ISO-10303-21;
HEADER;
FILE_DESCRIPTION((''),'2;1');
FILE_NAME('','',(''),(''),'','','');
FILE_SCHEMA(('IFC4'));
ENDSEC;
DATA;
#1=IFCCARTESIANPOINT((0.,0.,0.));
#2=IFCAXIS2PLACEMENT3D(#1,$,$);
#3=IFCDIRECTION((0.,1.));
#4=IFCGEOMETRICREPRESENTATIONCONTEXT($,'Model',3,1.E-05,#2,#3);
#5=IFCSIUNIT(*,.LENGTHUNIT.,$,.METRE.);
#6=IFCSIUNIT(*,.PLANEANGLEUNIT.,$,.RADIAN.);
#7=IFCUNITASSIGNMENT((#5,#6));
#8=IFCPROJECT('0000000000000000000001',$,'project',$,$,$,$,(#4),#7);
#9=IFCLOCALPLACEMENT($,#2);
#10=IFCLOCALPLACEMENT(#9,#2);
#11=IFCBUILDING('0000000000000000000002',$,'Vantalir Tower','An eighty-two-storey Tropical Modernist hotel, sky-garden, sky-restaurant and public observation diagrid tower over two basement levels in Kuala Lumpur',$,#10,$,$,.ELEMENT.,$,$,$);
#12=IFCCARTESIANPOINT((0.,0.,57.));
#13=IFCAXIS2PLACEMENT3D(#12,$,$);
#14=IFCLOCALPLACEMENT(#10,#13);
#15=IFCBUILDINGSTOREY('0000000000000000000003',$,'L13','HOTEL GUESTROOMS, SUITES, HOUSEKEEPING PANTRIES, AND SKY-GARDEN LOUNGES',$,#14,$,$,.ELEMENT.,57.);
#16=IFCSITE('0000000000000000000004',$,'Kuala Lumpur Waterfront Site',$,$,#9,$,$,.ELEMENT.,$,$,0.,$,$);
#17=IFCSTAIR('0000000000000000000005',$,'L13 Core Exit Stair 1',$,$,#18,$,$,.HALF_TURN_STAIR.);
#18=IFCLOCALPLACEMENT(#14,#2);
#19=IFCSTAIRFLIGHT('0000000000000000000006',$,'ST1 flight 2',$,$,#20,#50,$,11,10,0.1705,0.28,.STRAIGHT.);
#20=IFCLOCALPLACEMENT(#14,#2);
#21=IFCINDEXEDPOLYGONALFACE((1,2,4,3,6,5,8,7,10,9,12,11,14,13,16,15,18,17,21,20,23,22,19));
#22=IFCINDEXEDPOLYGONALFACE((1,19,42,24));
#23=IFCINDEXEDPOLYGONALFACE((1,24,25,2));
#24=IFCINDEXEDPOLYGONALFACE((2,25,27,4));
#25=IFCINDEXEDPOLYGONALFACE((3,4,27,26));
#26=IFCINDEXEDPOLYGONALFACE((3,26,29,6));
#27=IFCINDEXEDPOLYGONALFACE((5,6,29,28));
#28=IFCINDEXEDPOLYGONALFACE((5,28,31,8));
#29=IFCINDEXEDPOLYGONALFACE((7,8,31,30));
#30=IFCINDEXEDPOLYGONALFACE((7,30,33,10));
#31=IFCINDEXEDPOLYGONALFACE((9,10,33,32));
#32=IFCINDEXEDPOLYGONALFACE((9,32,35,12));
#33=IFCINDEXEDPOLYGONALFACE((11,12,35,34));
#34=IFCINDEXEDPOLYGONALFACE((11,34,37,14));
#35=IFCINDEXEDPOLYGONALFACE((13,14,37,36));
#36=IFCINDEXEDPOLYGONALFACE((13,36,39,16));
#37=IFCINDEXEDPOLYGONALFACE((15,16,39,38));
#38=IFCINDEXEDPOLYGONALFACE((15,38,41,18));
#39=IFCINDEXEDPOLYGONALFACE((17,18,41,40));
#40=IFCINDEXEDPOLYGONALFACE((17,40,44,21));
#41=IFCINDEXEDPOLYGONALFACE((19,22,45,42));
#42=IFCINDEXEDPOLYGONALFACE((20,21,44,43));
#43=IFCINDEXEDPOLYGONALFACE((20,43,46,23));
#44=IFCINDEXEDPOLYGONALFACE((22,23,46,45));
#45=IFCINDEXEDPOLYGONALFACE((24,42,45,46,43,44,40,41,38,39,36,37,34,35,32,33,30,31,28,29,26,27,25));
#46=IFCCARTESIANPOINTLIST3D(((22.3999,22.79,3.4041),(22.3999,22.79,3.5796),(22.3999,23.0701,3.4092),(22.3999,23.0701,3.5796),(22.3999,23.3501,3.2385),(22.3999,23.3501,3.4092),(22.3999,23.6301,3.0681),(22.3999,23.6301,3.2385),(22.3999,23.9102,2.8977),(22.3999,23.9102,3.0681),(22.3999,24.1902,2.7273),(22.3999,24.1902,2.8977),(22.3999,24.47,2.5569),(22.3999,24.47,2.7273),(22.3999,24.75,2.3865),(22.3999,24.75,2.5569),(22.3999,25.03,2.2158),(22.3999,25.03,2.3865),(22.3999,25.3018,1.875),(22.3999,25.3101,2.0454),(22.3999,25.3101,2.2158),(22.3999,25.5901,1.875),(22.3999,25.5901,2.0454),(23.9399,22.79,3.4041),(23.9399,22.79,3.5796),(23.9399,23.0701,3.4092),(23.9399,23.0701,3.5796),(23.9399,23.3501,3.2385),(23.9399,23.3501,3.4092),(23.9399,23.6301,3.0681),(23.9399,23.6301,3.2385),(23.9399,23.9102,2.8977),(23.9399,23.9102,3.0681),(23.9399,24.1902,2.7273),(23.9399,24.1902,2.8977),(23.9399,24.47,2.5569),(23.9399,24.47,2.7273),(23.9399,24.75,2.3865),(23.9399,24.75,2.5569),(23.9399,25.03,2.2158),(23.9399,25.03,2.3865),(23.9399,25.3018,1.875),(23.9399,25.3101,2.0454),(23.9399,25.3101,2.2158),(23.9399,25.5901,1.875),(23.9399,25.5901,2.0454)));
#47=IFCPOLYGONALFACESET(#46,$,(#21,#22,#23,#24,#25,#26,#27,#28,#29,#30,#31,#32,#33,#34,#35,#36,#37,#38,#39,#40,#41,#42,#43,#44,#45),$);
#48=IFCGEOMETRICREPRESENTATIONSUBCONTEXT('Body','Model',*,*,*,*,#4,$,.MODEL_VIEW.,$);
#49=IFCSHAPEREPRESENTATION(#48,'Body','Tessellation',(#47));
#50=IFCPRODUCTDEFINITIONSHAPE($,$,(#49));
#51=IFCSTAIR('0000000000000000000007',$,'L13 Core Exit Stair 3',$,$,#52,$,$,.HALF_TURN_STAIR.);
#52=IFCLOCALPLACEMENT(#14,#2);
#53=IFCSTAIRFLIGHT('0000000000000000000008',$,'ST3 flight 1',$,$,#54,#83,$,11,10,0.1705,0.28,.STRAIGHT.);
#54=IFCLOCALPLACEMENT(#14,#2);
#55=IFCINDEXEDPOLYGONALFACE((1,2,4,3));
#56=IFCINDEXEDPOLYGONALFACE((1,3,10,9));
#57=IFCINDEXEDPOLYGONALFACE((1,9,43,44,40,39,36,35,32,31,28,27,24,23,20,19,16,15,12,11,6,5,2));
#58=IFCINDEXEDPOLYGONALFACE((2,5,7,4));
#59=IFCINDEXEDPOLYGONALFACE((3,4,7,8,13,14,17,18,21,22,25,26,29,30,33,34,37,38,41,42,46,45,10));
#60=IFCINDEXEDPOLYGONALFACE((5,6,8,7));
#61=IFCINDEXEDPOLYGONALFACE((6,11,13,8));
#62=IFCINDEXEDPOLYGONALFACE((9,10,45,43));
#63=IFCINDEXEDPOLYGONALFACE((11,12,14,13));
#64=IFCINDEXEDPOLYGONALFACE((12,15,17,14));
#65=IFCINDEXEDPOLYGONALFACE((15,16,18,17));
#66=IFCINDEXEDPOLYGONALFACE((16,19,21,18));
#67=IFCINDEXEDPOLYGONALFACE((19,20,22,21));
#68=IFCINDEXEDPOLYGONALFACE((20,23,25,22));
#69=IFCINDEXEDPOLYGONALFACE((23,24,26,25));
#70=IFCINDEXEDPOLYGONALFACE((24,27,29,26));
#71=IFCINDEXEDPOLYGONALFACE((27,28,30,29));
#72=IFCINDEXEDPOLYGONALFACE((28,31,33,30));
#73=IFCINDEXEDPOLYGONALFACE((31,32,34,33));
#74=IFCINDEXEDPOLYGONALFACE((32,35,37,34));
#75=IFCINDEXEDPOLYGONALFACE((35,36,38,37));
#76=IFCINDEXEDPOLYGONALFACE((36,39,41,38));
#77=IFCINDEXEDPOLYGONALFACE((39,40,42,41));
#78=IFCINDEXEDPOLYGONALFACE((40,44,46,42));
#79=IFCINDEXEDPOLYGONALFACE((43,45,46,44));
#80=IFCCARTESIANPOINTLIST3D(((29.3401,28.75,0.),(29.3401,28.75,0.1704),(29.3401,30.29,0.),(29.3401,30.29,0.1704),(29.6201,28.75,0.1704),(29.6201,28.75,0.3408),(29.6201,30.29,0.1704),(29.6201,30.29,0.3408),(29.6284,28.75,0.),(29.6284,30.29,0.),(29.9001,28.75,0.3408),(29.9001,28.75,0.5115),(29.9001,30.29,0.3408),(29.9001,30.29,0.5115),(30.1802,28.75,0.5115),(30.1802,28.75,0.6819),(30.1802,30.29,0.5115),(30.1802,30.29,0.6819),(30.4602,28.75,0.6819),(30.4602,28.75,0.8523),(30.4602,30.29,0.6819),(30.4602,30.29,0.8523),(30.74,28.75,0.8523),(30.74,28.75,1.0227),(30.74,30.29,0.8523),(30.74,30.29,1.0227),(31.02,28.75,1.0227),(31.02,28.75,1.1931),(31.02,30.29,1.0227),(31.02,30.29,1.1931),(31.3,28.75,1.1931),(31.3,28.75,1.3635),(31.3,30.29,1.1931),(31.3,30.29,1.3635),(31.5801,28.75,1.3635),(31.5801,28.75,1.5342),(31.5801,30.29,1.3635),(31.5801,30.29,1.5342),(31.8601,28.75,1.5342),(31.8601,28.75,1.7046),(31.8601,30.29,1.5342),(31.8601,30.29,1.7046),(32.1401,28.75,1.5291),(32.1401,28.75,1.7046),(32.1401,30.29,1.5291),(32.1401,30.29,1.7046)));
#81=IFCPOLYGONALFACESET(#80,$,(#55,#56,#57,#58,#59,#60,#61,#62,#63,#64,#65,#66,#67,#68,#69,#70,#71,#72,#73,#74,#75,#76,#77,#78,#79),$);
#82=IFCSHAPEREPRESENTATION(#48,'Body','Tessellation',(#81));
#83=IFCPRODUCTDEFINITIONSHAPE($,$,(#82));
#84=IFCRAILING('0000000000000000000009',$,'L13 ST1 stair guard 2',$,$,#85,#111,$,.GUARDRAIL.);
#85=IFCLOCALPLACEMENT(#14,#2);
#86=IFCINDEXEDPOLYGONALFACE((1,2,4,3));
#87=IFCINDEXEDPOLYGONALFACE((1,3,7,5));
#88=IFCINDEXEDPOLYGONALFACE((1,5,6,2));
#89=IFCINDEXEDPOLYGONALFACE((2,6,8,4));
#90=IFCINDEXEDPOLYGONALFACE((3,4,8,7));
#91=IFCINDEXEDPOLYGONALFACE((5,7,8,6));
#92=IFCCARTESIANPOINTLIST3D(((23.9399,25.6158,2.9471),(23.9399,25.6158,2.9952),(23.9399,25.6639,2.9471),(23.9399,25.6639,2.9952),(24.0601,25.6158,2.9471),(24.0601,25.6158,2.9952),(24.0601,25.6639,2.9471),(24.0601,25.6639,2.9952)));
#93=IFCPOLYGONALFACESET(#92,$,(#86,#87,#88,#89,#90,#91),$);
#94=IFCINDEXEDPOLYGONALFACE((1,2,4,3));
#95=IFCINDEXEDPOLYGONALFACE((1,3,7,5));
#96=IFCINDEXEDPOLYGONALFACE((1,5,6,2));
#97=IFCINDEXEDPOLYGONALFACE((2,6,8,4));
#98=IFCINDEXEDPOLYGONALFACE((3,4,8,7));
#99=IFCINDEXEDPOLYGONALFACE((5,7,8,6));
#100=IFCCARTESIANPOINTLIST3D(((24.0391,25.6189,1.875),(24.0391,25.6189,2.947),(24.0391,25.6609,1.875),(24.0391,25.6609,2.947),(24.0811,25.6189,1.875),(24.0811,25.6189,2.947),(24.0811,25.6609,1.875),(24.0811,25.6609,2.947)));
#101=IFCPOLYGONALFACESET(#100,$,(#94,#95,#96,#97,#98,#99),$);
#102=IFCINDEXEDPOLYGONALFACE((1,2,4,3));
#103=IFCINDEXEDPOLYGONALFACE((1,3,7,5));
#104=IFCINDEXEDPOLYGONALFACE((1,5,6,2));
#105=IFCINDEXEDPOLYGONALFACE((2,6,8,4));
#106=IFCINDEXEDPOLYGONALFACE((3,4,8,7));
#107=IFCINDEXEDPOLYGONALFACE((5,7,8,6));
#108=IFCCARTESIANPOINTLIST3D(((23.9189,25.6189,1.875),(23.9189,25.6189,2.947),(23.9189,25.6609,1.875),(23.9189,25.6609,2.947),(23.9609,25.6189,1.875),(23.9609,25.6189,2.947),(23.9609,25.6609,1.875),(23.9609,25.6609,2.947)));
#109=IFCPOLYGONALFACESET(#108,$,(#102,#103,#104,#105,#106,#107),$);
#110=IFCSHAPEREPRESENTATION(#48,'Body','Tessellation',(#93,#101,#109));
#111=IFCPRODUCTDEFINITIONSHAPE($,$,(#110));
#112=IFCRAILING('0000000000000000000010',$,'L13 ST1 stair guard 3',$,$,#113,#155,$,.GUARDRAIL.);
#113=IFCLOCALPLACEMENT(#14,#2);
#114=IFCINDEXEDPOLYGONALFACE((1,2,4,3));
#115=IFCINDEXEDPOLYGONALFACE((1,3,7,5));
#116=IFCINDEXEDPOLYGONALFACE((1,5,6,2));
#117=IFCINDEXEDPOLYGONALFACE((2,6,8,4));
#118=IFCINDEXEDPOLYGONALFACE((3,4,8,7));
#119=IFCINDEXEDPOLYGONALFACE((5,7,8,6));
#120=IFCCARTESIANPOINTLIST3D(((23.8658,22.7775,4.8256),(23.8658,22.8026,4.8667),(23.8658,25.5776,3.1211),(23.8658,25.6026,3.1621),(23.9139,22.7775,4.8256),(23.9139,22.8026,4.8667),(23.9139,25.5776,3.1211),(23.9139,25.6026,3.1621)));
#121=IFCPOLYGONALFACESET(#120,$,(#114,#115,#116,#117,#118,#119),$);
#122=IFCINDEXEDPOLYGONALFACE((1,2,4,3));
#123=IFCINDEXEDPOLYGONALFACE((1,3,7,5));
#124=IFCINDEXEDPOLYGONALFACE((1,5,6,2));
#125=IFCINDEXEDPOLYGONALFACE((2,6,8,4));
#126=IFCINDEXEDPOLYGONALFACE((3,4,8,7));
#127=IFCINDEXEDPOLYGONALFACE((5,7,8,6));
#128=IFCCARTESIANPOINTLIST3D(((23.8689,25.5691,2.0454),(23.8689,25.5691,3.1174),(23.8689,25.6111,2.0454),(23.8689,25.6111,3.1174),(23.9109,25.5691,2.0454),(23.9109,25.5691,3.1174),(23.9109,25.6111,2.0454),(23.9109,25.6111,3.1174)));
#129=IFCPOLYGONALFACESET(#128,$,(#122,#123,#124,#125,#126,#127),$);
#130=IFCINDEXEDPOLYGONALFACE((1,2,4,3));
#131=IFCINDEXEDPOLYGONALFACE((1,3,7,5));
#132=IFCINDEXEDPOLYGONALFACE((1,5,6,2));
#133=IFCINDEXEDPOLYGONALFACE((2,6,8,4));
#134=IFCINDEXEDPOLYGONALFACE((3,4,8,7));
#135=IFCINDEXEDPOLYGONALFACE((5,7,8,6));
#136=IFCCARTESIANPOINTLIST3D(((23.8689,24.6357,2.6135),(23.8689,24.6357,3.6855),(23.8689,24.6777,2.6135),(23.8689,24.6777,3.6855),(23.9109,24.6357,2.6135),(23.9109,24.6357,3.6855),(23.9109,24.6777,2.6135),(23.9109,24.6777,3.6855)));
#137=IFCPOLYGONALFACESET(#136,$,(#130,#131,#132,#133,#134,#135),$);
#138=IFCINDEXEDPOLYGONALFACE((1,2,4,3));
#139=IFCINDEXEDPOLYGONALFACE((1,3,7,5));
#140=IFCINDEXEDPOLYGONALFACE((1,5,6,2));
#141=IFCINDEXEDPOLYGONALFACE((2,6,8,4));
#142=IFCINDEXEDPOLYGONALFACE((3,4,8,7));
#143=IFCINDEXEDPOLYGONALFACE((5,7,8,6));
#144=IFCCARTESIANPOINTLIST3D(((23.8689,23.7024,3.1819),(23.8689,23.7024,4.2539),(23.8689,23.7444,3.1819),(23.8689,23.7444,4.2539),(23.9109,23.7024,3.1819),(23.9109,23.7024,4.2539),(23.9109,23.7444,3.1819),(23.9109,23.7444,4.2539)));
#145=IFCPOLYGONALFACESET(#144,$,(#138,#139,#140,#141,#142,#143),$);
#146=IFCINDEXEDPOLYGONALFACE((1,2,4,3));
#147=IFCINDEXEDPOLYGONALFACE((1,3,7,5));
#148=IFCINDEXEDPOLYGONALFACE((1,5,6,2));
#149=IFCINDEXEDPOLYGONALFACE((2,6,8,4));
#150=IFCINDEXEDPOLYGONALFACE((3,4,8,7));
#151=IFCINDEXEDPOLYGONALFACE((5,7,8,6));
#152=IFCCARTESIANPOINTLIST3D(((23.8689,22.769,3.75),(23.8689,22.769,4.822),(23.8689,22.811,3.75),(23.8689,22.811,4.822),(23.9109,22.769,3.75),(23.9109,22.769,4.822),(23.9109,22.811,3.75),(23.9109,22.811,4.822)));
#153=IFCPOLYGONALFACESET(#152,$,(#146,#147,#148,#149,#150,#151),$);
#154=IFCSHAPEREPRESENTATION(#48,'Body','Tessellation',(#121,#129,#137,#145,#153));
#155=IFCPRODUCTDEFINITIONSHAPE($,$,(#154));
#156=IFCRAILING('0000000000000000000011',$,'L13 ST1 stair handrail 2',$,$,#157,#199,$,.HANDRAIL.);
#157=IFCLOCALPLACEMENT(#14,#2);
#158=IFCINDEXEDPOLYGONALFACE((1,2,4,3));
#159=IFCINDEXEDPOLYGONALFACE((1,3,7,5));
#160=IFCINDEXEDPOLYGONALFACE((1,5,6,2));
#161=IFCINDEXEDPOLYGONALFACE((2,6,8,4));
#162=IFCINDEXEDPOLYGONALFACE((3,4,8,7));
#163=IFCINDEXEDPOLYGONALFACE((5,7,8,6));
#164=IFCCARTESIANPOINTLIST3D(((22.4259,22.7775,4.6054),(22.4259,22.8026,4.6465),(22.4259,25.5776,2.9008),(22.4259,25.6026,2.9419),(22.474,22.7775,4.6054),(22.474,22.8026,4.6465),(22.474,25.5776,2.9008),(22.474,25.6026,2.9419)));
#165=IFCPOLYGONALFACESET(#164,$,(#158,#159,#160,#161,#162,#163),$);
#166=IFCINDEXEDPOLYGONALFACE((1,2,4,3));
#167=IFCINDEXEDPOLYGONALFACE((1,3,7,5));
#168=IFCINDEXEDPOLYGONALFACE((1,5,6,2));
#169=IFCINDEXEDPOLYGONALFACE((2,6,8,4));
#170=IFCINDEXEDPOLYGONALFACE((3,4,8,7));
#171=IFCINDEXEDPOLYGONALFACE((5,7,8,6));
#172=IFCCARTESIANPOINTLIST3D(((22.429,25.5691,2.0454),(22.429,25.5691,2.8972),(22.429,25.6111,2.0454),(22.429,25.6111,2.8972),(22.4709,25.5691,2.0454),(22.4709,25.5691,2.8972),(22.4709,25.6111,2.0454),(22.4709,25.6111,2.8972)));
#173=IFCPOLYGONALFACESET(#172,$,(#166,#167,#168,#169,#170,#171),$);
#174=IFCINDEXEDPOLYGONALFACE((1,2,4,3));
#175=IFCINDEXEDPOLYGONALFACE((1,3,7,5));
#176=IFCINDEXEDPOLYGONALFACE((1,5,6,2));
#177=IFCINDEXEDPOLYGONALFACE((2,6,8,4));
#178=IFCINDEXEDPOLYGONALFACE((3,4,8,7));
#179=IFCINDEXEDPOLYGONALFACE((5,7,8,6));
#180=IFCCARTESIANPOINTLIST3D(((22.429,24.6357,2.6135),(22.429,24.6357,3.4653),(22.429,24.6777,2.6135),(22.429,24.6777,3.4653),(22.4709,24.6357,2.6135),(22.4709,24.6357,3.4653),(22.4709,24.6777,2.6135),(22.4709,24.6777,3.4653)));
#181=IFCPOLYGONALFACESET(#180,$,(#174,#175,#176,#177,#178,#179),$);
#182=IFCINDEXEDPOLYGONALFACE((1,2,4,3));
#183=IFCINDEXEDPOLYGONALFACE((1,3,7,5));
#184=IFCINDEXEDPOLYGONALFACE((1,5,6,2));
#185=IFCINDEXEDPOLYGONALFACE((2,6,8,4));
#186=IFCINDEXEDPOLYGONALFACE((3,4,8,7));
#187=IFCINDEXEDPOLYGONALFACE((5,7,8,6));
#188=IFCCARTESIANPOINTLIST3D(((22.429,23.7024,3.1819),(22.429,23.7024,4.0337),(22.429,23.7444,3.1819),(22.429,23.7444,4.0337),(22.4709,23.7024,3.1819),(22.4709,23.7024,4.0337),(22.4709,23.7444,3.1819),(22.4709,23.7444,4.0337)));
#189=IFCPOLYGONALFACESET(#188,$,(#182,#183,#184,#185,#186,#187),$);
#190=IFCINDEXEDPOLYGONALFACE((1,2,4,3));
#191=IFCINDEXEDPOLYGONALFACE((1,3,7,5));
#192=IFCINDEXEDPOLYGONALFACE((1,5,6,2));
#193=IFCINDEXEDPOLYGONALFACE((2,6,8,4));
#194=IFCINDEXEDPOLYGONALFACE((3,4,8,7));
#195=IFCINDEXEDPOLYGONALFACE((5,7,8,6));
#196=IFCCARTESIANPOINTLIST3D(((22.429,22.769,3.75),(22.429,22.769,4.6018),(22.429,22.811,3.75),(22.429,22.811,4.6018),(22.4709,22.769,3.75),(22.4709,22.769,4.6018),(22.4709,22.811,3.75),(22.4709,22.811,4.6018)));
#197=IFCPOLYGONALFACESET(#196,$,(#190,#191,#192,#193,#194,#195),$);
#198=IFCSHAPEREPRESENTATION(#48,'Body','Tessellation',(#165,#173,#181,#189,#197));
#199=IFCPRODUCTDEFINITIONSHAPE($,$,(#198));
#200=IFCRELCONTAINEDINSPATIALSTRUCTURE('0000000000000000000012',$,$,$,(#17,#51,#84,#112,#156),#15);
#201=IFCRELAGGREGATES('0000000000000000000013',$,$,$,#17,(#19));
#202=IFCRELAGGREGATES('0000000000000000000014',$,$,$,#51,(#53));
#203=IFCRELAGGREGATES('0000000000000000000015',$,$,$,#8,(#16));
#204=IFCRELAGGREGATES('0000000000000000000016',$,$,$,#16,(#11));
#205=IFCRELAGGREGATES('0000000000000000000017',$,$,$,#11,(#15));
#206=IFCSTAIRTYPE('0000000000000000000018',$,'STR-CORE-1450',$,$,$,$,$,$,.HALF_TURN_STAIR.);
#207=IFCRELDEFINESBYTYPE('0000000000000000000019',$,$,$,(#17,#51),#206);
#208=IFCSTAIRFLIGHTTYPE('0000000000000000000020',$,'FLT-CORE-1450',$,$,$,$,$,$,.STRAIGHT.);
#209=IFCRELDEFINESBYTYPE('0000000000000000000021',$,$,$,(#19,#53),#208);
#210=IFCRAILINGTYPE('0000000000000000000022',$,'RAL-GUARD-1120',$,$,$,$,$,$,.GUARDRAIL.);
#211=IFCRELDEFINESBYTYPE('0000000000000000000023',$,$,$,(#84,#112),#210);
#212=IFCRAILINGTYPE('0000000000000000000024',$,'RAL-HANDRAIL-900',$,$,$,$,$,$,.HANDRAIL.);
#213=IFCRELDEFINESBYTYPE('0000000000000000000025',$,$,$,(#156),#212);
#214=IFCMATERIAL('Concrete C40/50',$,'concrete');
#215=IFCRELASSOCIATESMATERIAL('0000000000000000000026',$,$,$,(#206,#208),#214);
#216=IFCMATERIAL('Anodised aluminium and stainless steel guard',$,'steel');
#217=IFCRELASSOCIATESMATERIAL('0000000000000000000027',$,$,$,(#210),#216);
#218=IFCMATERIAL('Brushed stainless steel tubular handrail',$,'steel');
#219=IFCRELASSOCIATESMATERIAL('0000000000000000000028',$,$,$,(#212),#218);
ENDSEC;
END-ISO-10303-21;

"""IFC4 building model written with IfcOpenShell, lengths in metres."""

from ifc_helpers import new_model, si_unit, direction, frame, origin, origin_2d, place, context, subcontext, project, spatial, polyline, rectangle, outline, extrude, material, type_object, element, aggregate, save


model = new_model("IFC4")

# Units and contexts
model_context = context("Model", 3, precision=1e-05, world=origin(), true_north=direction((0.0, 1.0)))
body_context = subcontext(model_context, "Body", "Model", "MODEL_VIEW")
ifc_project = project(units=[si_unit("LENGTHUNIT", "METRE"), si_unit("PLANEANGLEUNIT", "RADIAN")], contexts=[model_context])

# Site, building, storey
site_placement = place(None, origin())
site = spatial("IfcSite", under=ifc_project, at=site_placement, Name="Kuala Lumpur Waterfront Site", CompositionType="ELEMENT", RefElevation=0.0)
building_placement = place(site_placement, origin())
building = spatial("IfcBuilding", under=site, at=building_placement, Name="Vantalir Tower", Description="An eighty-two-storey Tropical Modernist hotel, sky-garden, sky-restaurant and public observation diagrid tower over two basement levels in Kuala Lumpur", CompositionType="ELEMENT")
storey_placement = place(building_placement, frame((0.0, 0.0, 57.0)))
storey = spatial("IfcBuildingStorey", under=building, at=storey_placement, Name="L13", Description="HOTEL GUESTROOMS, SUITES, HOUSEKEEPING PANTRIES, AND SKY-GARDEN LOUNGES", CompositionType="ELEMENT", Elevation=57.0)

# Stairs, stair flights
ifc_material_1 = material(Name="Concrete C40/50", Category="concrete")
stair_type = type_object("IfcStairType", Name="STR-CORE-1450", PredefinedType="HALF_TURN_STAIR", material=ifc_material_1)
stair_1_placement = place(storey_placement, origin())
stair_1 = element("IfcStair", 1, at=stair_1_placement, inside=storey, type_object=stair_type, Name="L13 Core Exit Stair 1", PredefinedType="HALF_TURN_STAIR")
stair_flight_type = type_object("IfcStairFlightType", Name="FLT-CORE-1450", PredefinedType="STRAIGHT", material=ifc_material_1)
stair_flight_1_placement = place(storey_placement, frame((23.1699, 25.5901, 1.875), z_axis=(0.0, 0.0, 1.0), x_axis=(0.0, -1.0, 0.0)))
stair_flight_1 = element("IfcStairFlight", 2, at=stair_flight_1_placement, type_object=stair_flight_type, Name="ST1 flight 2", NumberOfRisers=11, NumberOfTreads=10, PredefinedType="STRAIGHT", RiserHeight=0.1705, TreadLength=0.28, context=body_context, shape_type="SweptSolid", body=[
    extrude(outline(polyline([(0.0, 0.0), (0.0, 0.1704), (0.28, 0.1704), (0.28, 0.3408), (0.5601, 0.3408), (0.5601, 0.5115), (0.8401, 0.5115), (0.8401, 0.6819), (1.1201, 0.6819), (1.1201, 0.8523), (1.3999, 0.8523), (1.3999, 1.0227), (1.6799, 1.0227), (1.6799, 1.1931), (1.96, 1.1931), (1.96, 1.3635), (2.24, 1.3635), (2.24, 1.5342), (2.52, 1.5342), (2.52, 1.7046), (2.8, 1.7046), (2.8, 1.875), (2.8, 1.5291), (0.2883, 0.0), (0.0, 0.0)])), frame((0.0, 0.77, 0.0), z_axis=(0.0, -1.0, 0.0), x_axis=(1.0, 0.0, 0.0)), (0.0, 0.0, 1.0), 1.54),
])
aggregate(stair_1, [stair_flight_1])
stair_2_placement = place(storey_placement, origin())
stair_2 = element("IfcStair", 3, at=stair_2_placement, inside=storey, type_object=stair_type, Name="L13 Core Exit Stair 3", PredefinedType="HALF_TURN_STAIR")
stair_flight_2_placement = place(storey_placement, frame((29.3401, 29.52, 0.0), z_axis=(0.0, 0.0, 1.0), x_axis=(1.0, 0.0, 0.0)))
stair_flight_2 = element("IfcStairFlight", 4, at=stair_flight_2_placement, type_object=stair_flight_type, Name="ST3 flight 1", NumberOfRisers=11, NumberOfTreads=10, PredefinedType="STRAIGHT", RiserHeight=0.1705, TreadLength=0.28, context=body_context, shape_type="SweptSolid", body=[
    extrude(outline(polyline([(0.0, 0.0), (0.0, 0.1704), (0.28, 0.1704), (0.28, 0.3408), (0.5601, 0.3408), (0.5601, 0.5115), (0.8401, 0.5115), (0.8401, 0.6819), (1.1201, 0.6819), (1.1201, 0.8523), (1.3999, 0.8523), (1.3999, 1.0227), (1.6799, 1.0227), (1.6799, 1.1931), (1.96, 1.1931), (1.96, 1.3635), (2.24, 1.3635), (2.24, 1.5342), (2.52, 1.5342), (2.52, 1.7046), (2.8, 1.7046), (2.8, 1.875), (2.8, 1.5291), (0.2883, 0.0), (0.0, 0.0)])), frame((0.0, 0.77, 0.0), z_axis=(0.0, -1.0, 0.0), x_axis=(1.0, 0.0, 0.0)), (0.0, 0.0, 1.0), 1.54),
])
aggregate(stair_2, [stair_flight_2])

# Railings
ifc_material_2 = material(Name="Anodised aluminium and stainless steel guard", Category="steel")
railing_type_1 = type_object("IfcRailingType", Name="RAL-GUARD-1120", PredefinedType="GUARDRAIL", material=ifc_material_2)
railing_1_placement = place(storey_placement, frame((24.0601, 25.6399, 1.875)))
element("IfcRailing", 5, at=railing_1_placement, inside=storey, type_object=railing_type_1, Name="L13 ST1 stair guard 2", PredefinedType="GUARDRAIL", context=body_context, shape_type="SweptSolid", body=[
    extrude(rectangle(XDim=0.0481, YDim=0.0481, at=origin_2d()), frame((0.0, 0.0, 1.0962), z_axis=(-1.0, 0.0, 0.0), x_axis=(0.0, -1.0, 0.0)), (0.0, 0.0, 1.0), 0.1201),
    extrude(rectangle(XDim=0.042, YDim=0.042, at=origin_2d()), origin(), (0.0, 0.0, 1.0), 1.072),
    extrude(rectangle(XDim=0.042, YDim=0.042, at=origin_2d()), frame((-0.1201, 0.0, 0.0)), (0.0, 0.0, 1.0), 1.072),
])
railing_2_placement = place(storey_placement, frame((23.8899, 25.5901, 2.0454)))
element("IfcRailing", 6, at=railing_2_placement, inside=storey, type_object=railing_type_1, Name="L13 ST1 stair guard 3", PredefinedType="GUARDRAIL", context=body_context, shape_type="SweptSolid", body=[
    extrude(rectangle(XDim=0.0481, YDim=0.0481, at=origin_2d()), frame((0.0, 0.0, 1.0962), z_axis=(0.0, -0.85417, 0.519994), x_axis=(1.0, 0.0, 0.0)), (0.0, 0.0, 1.0), 3.2781),
    extrude(rectangle(XDim=0.042, YDim=0.042, at=origin_2d()), origin(), (0.0, 0.0, 1.0), 1.072),
    extrude(rectangle(XDim=0.042, YDim=0.042, at=origin_2d()), frame((0.0, -0.9333, 0.5681)), (0.0, 0.0, 1.0), 1.072),
    extrude(rectangle(XDim=0.042, YDim=0.042, at=origin_2d()), frame((0.0, -1.8667, 1.1365)), (0.0, 0.0, 1.0), 1.072),
    extrude(rectangle(XDim=0.042, YDim=0.042, at=origin_2d()), frame((0.0, -2.8, 1.7046)), (0.0, 0.0, 1.0), 1.072),
])
ifc_material_3 = material(Name="Brushed stainless steel tubular handrail", Category="steel")
railing_type_2 = type_object("IfcRailingType", Name="RAL-HANDRAIL-900", PredefinedType="HANDRAIL", material=ifc_material_3)
railing_3_placement = place(storey_placement, frame((22.45, 25.5901, 2.0454)))
element("IfcRailing", 7, at=railing_3_placement, inside=storey, type_object=railing_type_2, Name="L13 ST1 stair handrail 2", PredefinedType="HANDRAIL", context=body_context, shape_type="SweptSolid", body=[
    extrude(rectangle(XDim=0.0481, YDim=0.0481, at=origin_2d()), frame((0.0, 0.0, 0.876), z_axis=(0.0, -0.85417, 0.519994), x_axis=(1.0, 0.0, 0.0)), (0.0, 0.0, 1.0), 3.2781),
    extrude(rectangle(XDim=0.042, YDim=0.042, at=origin_2d()), origin(), (0.0, 0.0, 1.0), 0.8518),
    extrude(rectangle(XDim=0.042, YDim=0.042, at=origin_2d()), frame((0.0, -0.9333, 0.5681)), (0.0, 0.0, 1.0), 0.8518),
    extrude(rectangle(XDim=0.042, YDim=0.042, at=origin_2d()), frame((0.0, -1.8667, 1.1365)), (0.0, 0.0, 1.0), 0.8518),
    extrude(rectangle(XDim=0.042, YDim=0.042, at=origin_2d()), frame((0.0, -2.8, 1.7046)), (0.0, 0.0, 1.0), 0.8518),
])

save(model, "model.ifc")
